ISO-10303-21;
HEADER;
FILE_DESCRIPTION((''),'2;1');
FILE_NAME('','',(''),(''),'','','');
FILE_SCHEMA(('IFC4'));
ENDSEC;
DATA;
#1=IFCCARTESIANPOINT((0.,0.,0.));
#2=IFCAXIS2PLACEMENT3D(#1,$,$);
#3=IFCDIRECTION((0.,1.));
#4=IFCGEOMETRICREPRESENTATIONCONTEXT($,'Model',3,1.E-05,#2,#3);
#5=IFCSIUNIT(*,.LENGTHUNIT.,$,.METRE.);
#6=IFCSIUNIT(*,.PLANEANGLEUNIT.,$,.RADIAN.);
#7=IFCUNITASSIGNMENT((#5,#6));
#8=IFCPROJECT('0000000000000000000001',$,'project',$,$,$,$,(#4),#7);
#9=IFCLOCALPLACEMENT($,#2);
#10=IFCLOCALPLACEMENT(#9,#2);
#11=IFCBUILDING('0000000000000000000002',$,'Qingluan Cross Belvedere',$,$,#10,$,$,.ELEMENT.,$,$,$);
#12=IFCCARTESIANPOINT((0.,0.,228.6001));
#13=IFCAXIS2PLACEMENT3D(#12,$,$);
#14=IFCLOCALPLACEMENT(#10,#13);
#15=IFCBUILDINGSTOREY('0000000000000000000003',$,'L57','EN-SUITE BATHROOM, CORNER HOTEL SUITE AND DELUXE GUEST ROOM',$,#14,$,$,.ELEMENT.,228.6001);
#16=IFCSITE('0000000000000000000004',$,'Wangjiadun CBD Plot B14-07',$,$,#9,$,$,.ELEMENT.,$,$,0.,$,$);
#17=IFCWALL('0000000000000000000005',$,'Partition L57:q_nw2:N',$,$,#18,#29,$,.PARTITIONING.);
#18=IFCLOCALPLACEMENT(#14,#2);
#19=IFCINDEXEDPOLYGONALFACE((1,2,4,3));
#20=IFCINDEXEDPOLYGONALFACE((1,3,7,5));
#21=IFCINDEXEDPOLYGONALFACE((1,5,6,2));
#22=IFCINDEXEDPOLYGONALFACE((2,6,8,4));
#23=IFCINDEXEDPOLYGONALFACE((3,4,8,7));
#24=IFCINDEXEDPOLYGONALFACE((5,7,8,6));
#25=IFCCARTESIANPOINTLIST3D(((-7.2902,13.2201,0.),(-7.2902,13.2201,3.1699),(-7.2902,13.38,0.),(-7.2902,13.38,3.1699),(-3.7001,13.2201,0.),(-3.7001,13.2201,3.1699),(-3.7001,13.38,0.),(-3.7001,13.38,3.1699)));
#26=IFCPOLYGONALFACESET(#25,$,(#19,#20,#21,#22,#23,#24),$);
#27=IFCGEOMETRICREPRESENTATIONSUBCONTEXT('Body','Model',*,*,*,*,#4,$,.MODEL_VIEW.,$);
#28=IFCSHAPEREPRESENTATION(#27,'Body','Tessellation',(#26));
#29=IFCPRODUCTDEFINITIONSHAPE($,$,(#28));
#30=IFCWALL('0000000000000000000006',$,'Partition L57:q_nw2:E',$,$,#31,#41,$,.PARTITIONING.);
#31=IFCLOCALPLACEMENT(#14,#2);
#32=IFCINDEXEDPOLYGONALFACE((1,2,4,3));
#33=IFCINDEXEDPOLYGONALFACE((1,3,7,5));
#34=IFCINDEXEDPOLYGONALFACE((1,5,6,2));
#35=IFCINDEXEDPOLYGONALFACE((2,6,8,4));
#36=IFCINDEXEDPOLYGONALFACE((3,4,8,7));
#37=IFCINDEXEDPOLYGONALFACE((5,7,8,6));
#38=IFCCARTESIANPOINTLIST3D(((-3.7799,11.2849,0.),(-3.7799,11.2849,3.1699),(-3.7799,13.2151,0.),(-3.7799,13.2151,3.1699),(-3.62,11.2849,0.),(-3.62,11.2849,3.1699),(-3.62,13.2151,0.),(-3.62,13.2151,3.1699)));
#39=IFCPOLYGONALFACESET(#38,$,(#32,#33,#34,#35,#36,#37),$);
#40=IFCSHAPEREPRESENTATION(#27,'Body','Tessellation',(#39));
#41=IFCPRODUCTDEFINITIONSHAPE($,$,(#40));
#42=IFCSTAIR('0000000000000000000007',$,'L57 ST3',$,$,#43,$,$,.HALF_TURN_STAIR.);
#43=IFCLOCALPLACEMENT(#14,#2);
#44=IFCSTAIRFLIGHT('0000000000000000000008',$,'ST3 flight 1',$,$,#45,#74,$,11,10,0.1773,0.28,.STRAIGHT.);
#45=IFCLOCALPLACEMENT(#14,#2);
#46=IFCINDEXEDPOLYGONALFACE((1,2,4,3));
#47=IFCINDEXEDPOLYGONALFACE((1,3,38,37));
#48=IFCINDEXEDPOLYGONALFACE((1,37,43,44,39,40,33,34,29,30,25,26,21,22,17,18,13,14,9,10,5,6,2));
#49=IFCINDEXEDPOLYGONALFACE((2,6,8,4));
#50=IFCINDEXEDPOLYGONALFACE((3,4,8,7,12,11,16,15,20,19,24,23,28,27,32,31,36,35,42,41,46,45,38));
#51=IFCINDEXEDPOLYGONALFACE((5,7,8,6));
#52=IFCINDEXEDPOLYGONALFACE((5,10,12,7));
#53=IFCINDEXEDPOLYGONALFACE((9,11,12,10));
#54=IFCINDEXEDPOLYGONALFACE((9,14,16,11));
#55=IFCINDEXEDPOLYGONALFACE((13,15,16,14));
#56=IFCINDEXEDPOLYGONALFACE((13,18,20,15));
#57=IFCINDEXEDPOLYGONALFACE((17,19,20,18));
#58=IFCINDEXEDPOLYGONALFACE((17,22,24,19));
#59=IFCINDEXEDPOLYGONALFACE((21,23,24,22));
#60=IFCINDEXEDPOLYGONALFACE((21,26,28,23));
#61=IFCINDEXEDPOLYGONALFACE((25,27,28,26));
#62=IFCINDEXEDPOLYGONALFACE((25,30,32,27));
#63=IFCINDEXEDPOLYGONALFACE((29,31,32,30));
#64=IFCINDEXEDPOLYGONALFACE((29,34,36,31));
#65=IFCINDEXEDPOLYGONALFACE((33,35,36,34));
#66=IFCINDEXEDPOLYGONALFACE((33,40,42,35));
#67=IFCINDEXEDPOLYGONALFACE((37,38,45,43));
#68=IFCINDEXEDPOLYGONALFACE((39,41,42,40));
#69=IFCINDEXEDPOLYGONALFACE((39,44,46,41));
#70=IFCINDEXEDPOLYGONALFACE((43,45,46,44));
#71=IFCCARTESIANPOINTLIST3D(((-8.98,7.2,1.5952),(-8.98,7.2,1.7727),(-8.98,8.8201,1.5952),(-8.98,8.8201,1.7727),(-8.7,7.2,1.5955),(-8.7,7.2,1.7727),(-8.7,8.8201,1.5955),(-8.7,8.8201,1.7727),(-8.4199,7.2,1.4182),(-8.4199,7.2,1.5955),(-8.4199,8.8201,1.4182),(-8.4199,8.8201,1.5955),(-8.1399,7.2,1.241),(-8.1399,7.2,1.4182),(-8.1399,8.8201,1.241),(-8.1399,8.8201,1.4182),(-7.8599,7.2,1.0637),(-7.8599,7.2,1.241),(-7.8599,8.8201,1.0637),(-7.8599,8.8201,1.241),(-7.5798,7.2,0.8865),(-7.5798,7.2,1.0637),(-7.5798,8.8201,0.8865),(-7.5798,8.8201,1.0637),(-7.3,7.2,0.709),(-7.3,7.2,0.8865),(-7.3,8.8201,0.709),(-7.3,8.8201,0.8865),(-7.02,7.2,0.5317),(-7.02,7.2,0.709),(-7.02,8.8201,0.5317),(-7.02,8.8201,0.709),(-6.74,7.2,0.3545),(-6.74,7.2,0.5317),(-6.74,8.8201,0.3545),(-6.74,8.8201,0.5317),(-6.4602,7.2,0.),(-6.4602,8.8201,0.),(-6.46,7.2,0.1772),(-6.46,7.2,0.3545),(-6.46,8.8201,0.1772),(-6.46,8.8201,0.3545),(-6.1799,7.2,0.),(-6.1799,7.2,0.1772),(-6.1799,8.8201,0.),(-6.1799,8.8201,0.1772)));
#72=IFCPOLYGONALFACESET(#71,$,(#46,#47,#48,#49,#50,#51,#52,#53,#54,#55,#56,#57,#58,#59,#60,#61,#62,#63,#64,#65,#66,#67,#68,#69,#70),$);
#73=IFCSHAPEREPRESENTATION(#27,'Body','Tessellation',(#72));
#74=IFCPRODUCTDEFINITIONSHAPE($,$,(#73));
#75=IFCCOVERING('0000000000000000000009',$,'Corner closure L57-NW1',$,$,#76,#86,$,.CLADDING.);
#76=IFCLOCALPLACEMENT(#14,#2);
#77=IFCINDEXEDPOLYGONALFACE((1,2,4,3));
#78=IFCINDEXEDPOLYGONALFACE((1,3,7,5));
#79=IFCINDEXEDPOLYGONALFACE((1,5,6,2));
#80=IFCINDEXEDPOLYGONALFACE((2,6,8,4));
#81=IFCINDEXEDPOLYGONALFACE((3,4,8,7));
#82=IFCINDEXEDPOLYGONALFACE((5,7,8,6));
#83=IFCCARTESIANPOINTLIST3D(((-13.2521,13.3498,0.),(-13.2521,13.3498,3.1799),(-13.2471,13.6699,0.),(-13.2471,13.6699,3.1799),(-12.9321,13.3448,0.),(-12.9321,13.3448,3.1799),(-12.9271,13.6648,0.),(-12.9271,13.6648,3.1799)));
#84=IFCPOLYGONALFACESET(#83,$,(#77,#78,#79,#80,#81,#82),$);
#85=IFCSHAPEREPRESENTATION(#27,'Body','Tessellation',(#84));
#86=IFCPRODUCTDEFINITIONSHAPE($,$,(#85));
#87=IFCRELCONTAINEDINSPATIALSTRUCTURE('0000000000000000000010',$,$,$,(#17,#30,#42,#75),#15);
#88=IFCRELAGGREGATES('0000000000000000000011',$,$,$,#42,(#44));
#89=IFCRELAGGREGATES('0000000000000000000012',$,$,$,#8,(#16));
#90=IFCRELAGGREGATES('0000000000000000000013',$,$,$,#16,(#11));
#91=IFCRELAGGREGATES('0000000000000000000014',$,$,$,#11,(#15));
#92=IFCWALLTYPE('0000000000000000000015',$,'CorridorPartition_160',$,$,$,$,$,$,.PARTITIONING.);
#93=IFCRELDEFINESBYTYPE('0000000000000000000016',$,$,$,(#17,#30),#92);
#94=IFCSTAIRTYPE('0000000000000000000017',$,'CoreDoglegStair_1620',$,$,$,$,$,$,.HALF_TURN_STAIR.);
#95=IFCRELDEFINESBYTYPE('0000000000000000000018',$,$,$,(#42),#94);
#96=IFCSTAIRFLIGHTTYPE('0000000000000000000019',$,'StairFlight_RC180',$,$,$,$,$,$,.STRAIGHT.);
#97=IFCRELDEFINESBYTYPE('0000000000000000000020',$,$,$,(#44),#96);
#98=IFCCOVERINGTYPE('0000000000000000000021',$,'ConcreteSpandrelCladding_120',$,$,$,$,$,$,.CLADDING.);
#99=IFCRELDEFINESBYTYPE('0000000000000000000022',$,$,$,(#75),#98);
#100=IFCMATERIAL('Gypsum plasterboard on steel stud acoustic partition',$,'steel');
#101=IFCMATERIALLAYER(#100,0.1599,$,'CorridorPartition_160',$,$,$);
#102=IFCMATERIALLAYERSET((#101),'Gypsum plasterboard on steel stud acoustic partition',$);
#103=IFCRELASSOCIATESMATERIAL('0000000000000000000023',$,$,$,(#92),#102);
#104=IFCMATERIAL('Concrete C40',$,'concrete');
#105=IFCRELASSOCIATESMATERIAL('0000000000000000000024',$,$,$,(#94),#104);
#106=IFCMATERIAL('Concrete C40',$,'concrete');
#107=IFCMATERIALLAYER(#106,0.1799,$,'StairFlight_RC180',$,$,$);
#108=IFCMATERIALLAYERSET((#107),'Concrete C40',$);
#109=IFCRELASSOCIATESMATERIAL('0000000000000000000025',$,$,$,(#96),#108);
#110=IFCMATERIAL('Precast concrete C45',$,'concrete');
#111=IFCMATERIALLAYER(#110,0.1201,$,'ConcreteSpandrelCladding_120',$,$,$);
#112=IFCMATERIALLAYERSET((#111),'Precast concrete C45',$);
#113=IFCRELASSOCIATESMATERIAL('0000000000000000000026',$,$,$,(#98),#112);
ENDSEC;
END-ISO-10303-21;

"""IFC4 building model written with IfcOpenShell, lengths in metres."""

from ifc_helpers import new_model, si_unit, direction, frame, frame_2d, origin, origin_2d, place, context, subcontext, project, spatial, polyline, rectangle, outline, extrude, material, layer, layer_set, type_object, element, aggregate, save


model = new_model("IFC4")

# Units and contexts
model_context = context("Model", 3, precision=1e-05, world=origin(), true_north=direction((0.0, 1.0)))
body_context = subcontext(model_context, "Body", "Model", "MODEL_VIEW")
ifc_project = project(units=[si_unit("LENGTHUNIT", "METRE"), si_unit("PLANEANGLEUNIT", "RADIAN")], contexts=[model_context])

# Site, building, storey
site_placement = place(None, origin())
site = spatial("IfcSite", under=ifc_project, at=site_placement, Name="Wangjiadun CBD Plot B14-07", CompositionType="ELEMENT", RefElevation=0.0)
building_placement = place(site_placement, origin())
building = spatial("IfcBuilding", under=site, at=building_placement, Name="Qingluan Cross Belvedere", CompositionType="ELEMENT")
storey_placement = place(building_placement, frame((0.0, 0.0, 228.6001)))
storey = spatial("IfcBuildingStorey", under=building, at=storey_placement, Name="L57", Description="EN-SUITE BATHROOM, CORNER HOTEL SUITE AND DELUXE GUEST ROOM", CompositionType="ELEMENT", Elevation=228.6001)

# Shared definitions
ifc_material_1 = material(Name="Gypsum plasterboard on steel stud acoustic partition", Category="steel")
ifc_layer_1 = layer(ifc_material_1, 0.1599, Name="CorridorPartition_160")
ifc_layer_set_1 = layer_set([ifc_layer_1], Name="Gypsum plasterboard on steel stud acoustic partition")
wall_type_1 = type_object("IfcWallType", Name="CorridorPartition_160", PredefinedType="PARTITIONING", material=ifc_layer_set_1)

# Walls
wall_1_placement = place(storey_placement, frame((-7.29, 13.3, 0.0), z_axis=(0.0, 0.0, 1.0), x_axis=(1.0, 0.0, 0.0)))
element("IfcWall", 1, at=wall_1_placement, inside=storey, type_object=wall_type_1, Name="Partition L57:q_nw2:N", PredefinedType="PARTITIONING", context=body_context, shape_type="SweptSolid", body=[
    extrude(rectangle(XDim=3.5901, YDim=0.1599, at=frame_2d((1.7949, 0.0))), origin(), (0.0, 0.0, 1.0), 3.1699),
])
wall_2_placement = place(storey_placement, frame((-3.7, 11.2849, 0.0), z_axis=(0.0, 0.0, 1.0), x_axis=(0.0, 1.0, 0.0)))
element("IfcWall", 2, at=wall_2_placement, inside=storey, type_object=wall_type_1, Name="Partition L57:q_nw2:E", PredefinedType="PARTITIONING", context=body_context, shape_type="SweptSolid", body=[
    extrude(rectangle(XDim=1.9302, YDim=0.1599, at=frame_2d((0.9651, 0.0))), origin(), (0.0, 0.0, 1.0), 3.1699),
])

# Stair, stair flight
ifc_material_2 = material(Name="Concrete C40", Category="concrete")
stair_type = type_object("IfcStairType", Name="CoreDoglegStair_1620", PredefinedType="HALF_TURN_STAIR", material=ifc_material_2)
stair_placement = place(storey_placement, origin())
stair = element("IfcStair", 3, at=stair_placement, inside=storey, type_object=stair_type, Name="L57 ST3", PredefinedType="HALF_TURN_STAIR")
ifc_material_3 = material(Name="Concrete C40", Category="concrete")
ifc_layer_2 = layer(ifc_material_3, 0.1799, Name="StairFlight_RC180")
ifc_layer_set_2 = layer_set([ifc_layer_2], Name="Concrete C40")
stair_flight_type = type_object("IfcStairFlightType", Name="StairFlight_RC180", PredefinedType="STRAIGHT", material=ifc_layer_set_2)
stair_flight_placement = place(storey_placement, frame((-6.1799, 8.01, 0.0), z_axis=(0.0, 0.0, 1.0), x_axis=(-1.0, 0.0, 0.0)))
stair_flight = element("IfcStairFlight", 4, at=stair_flight_placement, type_object=stair_flight_type, Name="ST3 flight 1", NumberOfRisers=11, NumberOfTreads=10, PredefinedType="STRAIGHT", RiserHeight=0.1773, TreadLength=0.28, context=body_context, shape_type="SweptSolid", body=[
    extrude(outline(polyline([(0.0, 0.0), (0.0, 0.1772), (0.28, 0.1772), (0.28, 0.3545), (0.5601, 0.3545), (0.5601, 0.5317), (0.8401, 0.5317), (0.8401, 0.709), (1.1201, 0.709), (1.1201, 0.8865), (1.3999, 0.8865), (1.3999, 1.0637), (1.6799, 1.0637), (1.6799, 1.241), (1.96, 1.241), (1.96, 1.4182), (2.24, 1.4182), (2.24, 1.5955), (2.52, 1.5955), (2.52, 1.7727), (2.8, 1.7727), (2.8, 1.95), (2.8, 1.5952), (0.2803, 0.0), (0.0, 0.0)])), frame((0.0, 0.8101, 0.0), z_axis=(0.0, -1.0, 0.0), x_axis=(1.0, 0.0, 0.0)), (0.0, 0.0, 1.0), 1.6201),
])
aggregate(stair, [stair_flight])

# Covering
ifc_material_4 = material(Name="Precast concrete C45", Category="concrete")
ifc_layer_3 = layer(ifc_material_4, 0.1201, Name="ConcreteSpandrelCladding_120")
ifc_layer_set_3 = layer_set([ifc_layer_3], Name="Precast concrete C45")
covering_type = type_object("IfcCoveringType", Name="ConcreteSpandrelCladding_120", PredefinedType="CLADDING", material=ifc_layer_set_3)
covering_placement = place(storey_placement, frame((-13.0896, 13.5073, 0.0), z_axis=(0.0, 0.0, 1.0), x_axis=(0.999877, -0.015707, 0.0)))
element("IfcCovering", 5, at=covering_placement, inside=storey, type_object=covering_type, Name="Corner closure L57-NW1", PredefinedType="CLADDING", context=body_context, shape_type="SweptSolid", body=[
    extrude(rectangle(XDim=0.3201, YDim=0.3201, at=origin_2d()), origin(), (0.0, 0.0, 1.0), 3.1799),
])

save(model, "model.ifc")
